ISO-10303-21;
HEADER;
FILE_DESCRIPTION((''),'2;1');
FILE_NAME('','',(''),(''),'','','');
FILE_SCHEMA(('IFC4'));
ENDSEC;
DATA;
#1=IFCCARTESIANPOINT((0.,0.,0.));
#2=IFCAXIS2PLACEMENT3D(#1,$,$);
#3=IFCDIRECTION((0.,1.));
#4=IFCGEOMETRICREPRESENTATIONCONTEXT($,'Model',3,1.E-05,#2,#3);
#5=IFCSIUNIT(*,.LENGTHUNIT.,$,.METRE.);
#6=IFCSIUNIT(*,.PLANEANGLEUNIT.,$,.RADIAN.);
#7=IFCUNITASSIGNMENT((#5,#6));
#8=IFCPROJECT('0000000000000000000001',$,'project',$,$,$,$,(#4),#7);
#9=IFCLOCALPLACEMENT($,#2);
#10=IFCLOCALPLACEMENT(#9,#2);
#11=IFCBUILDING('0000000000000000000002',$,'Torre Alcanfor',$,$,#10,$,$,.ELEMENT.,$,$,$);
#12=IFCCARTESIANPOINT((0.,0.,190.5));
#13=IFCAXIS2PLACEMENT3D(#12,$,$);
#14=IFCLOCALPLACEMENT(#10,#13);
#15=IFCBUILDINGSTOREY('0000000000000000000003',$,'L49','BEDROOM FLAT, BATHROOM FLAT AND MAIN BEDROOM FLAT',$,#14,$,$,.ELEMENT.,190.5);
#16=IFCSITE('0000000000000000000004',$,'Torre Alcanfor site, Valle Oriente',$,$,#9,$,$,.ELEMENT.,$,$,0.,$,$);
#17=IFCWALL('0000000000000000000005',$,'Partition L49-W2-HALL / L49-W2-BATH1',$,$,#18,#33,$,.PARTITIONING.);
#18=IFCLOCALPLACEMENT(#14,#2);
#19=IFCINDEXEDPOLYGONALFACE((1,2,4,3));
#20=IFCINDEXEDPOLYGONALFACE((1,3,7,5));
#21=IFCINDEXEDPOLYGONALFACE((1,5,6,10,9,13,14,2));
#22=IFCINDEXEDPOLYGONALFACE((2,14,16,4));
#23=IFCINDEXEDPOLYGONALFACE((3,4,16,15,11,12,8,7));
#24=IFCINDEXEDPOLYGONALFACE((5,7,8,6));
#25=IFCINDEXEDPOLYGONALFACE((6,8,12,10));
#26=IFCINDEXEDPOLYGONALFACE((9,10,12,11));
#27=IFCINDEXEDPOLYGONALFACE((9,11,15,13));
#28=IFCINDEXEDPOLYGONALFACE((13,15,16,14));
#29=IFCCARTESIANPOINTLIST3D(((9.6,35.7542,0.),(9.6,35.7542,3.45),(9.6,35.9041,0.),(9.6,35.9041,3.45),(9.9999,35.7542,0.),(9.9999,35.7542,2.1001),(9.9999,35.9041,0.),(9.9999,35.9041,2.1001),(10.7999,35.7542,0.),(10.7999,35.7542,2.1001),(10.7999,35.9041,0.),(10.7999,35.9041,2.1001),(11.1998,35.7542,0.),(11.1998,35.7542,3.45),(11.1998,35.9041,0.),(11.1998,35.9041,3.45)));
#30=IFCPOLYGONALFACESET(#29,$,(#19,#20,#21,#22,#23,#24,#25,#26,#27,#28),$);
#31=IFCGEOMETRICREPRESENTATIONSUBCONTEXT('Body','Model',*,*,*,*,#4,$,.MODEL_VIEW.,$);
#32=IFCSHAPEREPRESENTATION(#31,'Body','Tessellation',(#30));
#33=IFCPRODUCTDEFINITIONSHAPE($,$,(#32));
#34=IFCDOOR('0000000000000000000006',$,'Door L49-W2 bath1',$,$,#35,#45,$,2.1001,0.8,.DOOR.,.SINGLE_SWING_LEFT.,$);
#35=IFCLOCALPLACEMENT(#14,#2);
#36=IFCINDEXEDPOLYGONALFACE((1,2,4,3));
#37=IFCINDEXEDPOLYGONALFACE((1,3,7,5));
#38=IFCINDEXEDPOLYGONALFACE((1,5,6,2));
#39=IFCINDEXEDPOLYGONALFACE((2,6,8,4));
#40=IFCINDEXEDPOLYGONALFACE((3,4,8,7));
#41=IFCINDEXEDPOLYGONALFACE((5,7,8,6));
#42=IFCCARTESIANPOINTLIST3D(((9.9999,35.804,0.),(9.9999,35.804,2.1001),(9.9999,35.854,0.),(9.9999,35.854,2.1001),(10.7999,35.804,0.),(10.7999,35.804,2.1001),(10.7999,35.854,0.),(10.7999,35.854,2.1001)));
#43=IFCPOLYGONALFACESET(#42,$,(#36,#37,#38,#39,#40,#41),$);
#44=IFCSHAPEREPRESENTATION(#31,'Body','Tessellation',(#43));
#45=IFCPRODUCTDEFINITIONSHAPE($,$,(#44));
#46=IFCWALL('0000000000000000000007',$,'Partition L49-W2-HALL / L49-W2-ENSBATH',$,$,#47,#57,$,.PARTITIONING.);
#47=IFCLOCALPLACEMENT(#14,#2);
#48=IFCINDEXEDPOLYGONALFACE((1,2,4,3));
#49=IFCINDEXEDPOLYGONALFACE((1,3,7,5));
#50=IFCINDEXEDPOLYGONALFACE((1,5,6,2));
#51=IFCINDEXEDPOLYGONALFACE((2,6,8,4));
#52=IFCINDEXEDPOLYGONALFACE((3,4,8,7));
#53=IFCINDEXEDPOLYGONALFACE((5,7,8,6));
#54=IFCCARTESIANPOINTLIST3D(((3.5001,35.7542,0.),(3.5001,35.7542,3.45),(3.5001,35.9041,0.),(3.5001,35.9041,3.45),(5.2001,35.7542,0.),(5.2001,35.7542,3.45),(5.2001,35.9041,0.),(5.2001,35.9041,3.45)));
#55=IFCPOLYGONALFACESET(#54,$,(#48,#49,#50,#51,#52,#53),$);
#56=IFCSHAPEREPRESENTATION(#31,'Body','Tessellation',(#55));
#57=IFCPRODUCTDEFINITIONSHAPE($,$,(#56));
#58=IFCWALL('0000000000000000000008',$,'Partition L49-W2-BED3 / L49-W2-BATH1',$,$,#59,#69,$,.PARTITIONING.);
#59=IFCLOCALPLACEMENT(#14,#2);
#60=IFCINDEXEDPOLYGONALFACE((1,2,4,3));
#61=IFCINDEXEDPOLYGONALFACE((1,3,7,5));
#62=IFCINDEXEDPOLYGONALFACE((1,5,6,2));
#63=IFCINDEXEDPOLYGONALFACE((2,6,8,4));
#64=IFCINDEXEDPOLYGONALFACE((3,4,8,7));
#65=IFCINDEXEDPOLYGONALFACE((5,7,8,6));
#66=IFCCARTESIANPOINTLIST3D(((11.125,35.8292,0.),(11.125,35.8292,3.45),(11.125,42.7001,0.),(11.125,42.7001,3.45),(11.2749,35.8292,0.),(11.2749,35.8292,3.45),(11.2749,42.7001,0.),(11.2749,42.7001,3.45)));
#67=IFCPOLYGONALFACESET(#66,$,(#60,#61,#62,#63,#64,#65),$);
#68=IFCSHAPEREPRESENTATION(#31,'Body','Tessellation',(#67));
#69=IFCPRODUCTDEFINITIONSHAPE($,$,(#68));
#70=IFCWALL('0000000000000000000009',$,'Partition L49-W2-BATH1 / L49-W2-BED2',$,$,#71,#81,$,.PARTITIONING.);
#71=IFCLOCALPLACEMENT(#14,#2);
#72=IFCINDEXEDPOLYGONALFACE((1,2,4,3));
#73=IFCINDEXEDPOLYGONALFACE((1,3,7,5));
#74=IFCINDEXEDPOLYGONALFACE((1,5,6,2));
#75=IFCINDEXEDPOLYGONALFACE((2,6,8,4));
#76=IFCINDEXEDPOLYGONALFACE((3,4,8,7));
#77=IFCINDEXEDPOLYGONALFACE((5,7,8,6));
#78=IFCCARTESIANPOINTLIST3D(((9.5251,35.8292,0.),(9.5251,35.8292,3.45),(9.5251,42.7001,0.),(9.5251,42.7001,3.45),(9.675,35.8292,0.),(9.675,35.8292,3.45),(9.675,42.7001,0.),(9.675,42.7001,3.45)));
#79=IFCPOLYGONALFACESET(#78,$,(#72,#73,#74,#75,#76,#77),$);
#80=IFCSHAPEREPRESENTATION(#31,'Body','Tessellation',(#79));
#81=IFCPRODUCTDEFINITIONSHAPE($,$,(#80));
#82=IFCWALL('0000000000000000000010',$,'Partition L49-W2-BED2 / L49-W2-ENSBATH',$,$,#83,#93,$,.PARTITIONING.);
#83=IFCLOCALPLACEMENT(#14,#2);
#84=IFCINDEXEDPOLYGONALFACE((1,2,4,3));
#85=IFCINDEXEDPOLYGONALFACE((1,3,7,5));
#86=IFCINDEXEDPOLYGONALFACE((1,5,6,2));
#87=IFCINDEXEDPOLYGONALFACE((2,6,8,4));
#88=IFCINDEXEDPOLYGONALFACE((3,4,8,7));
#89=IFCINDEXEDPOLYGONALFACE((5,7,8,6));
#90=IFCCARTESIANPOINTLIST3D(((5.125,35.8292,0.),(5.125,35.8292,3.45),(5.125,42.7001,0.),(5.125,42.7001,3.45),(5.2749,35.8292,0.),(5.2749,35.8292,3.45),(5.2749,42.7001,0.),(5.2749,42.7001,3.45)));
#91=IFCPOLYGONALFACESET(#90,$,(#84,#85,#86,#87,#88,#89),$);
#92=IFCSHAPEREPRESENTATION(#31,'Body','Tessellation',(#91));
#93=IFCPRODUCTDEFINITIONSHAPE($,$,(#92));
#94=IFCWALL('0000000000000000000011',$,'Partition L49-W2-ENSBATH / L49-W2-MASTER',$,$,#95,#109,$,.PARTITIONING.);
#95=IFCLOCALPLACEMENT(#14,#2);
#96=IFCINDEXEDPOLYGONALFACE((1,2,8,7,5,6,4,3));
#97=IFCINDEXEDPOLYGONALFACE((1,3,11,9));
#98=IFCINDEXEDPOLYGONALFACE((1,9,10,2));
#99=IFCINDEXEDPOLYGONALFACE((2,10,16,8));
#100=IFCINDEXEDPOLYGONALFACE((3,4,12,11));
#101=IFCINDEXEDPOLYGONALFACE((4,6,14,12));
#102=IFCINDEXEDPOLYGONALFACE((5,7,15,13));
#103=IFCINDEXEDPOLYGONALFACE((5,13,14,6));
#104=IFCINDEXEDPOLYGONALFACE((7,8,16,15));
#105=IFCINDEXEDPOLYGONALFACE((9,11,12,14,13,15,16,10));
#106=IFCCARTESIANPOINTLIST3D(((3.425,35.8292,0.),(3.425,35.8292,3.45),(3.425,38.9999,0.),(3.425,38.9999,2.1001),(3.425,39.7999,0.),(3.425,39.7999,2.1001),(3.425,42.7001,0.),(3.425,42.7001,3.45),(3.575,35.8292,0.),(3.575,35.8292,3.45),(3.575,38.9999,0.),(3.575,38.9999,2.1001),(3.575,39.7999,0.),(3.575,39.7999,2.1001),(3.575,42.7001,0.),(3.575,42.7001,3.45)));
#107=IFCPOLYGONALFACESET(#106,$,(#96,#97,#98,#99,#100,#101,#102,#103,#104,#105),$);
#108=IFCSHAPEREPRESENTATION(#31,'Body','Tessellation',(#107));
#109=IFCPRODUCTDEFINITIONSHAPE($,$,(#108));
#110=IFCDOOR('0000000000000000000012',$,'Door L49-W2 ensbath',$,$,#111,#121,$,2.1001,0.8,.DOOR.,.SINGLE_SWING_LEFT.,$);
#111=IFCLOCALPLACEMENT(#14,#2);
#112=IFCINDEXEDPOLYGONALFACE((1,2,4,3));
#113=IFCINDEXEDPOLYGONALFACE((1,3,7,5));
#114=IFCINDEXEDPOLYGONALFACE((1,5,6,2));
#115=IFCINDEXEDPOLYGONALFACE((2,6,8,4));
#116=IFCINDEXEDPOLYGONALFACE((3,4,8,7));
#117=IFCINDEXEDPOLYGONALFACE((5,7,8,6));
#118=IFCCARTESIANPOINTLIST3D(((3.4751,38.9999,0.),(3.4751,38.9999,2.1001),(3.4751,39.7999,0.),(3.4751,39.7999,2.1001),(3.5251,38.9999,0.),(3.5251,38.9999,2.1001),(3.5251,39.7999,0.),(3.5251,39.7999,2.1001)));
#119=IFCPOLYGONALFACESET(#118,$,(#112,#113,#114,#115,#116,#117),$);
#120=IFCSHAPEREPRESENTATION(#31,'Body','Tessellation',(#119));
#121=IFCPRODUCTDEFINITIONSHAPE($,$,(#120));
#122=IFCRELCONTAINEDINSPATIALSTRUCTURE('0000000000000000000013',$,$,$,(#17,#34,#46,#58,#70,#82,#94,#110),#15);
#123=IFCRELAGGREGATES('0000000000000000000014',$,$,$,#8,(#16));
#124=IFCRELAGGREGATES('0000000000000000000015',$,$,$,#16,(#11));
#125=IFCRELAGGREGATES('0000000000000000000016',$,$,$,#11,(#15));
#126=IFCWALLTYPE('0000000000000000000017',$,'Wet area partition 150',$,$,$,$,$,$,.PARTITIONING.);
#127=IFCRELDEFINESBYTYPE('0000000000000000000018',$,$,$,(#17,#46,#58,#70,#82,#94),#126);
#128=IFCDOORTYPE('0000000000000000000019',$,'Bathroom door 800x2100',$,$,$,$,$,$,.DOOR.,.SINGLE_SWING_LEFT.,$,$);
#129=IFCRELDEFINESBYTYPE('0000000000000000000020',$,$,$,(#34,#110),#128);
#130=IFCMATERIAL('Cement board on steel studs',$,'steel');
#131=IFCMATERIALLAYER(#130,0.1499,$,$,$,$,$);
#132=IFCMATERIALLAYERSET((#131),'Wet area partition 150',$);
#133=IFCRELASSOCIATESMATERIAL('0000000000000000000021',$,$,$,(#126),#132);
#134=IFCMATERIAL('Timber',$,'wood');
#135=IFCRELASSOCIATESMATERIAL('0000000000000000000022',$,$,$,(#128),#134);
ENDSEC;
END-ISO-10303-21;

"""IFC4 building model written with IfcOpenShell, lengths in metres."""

from ifc_helpers import new_model, si_unit, direction, frame, frame_2d, origin, place, context, subcontext, project, spatial, rectangle, extrude, material, layer, layer_set, type_object, element, fill, save


model = new_model("IFC4")

# Units and contexts
model_context = context("Model", 3, precision=1e-05, world=origin(), true_north=direction((0.0, 1.0)))
body_context = subcontext(model_context, "Body", "Model", "MODEL_VIEW")
ifc_project = project(units=[si_unit("LENGTHUNIT", "METRE"), si_unit("PLANEANGLEUNIT", "RADIAN")], contexts=[model_context])

# Site, building, storey
site_placement = place(None, origin())
site = spatial("IfcSite", under=ifc_project, at=site_placement, Name="Torre Alcanfor site, Valle Oriente", CompositionType="ELEMENT", RefElevation=0.0)
building_placement = place(site_placement, origin())
building = spatial("IfcBuilding", under=site, at=building_placement, Name="Torre Alcanfor", CompositionType="ELEMENT")
storey_placement = place(building_placement, frame((0.0, 0.0, 190.5)))
storey = spatial("IfcBuildingStorey", under=building, at=storey_placement, Name="L49", Description="BEDROOM FLAT, BATHROOM FLAT AND MAIN BEDROOM FLAT", CompositionType="ELEMENT", Elevation=190.5)

# Wall, opening, door
ifc_material_1 = material(Name="Cement board on steel studs", Category="steel")
ifc_layer_1 = layer(ifc_material_1, 0.1499)
ifc_layer_set_1 = layer_set([ifc_layer_1], Name="Wet area partition 150")
wall_type_1 = type_object("IfcWallType", Name="Wet area partition 150", PredefinedType="PARTITIONING", material=ifc_layer_set_1)
wall_1_placement = place(storey_placement, frame((9.6001, 35.8291, 0.0), z_axis=(0.0, 0.0, 1.0), x_axis=(1.0, 0.0, 0.0)))
wall_1 = element("IfcWall", 1, at=wall_1_placement, inside=storey, type_object=wall_type_1, Name="Partition L49-W2-HALL / L49-W2-BATH1", PredefinedType="PARTITIONING", context=body_context, shape_type="SweptSolid", body=[
    extrude(rectangle(XDim=1.5999, YDim=0.1499, at=frame_2d((0.7998, 0.0))), origin(), (0.0, 0.0, 1.0), 3.45),
])
opening_1_placement = place(wall_1_placement, frame((0.3999, 0.0, 0.0)))
opening_1 = element("IfcOpeningElement", 2, at=opening_1_placement, cuts=wall_1, PredefinedType="OPENING", context=body_context, shape_type="SweptSolid", body=[
    extrude(rectangle(XDim=0.8, YDim=2.1001, at=frame_2d((0.3999, 1.05))), frame((0.0, 0.085, 0.0), z_axis=(0.0, -1.0, 0.0), x_axis=(1.0, 0.0, 0.0)), (0.0, 0.0, 1.0), 0.1699),
])
ifc_material_2 = material(Name="Timber", Category="wood")
door_type_1 = type_object("IfcDoorType", Name="Bathroom door 800x2100", OperationType="SINGLE_SWING_LEFT", PredefinedType="DOOR", material=ifc_material_2)
door_1_placement = place(opening_1_placement, origin())
door_1 = element("IfcDoor", 3, at=door_1_placement, inside=storey, type_object=door_type_1, Name="Door L49-W2 bath1", OperationType="SINGLE_SWING_LEFT", OverallHeight=2.1001, OverallWidth=0.8, PredefinedType="DOOR", context=body_context, shape_type="SweptSolid", body=[
    extrude(rectangle(XDim=0.8, YDim=2.1001, at=frame_2d((0.3999, 1.05))), frame((0.0, 0.0249, 0.0), z_axis=(0.0, -1.0, 0.0), x_axis=(1.0, 0.0, 0.0)), (0.0, 0.0, 1.0), 0.05),
])
fill(opening_1, door_1)

# Walls
wall_2_placement = place(storey_placement, frame((3.5, 35.8291, 0.0), z_axis=(0.0, 0.0, 1.0), x_axis=(1.0, 0.0, 0.0)))
element("IfcWall", 4, at=wall_2_placement, inside=storey, type_object=wall_type_1, Name="Partition L49-W2-HALL / L49-W2-ENSBATH", PredefinedType="PARTITIONING", context=body_context, shape_type="SweptSolid", body=[
    extrude(rectangle(XDim=1.7, YDim=0.1499, at=frame_2d((0.8501, 0.0))), origin(), (0.0, 0.0, 1.0), 3.45),
])
for number, where, z_axis, x_axis, name in (
    (5, (11.2, 35.8291, 0.0), (0.0, 0.0, 1.0), (0.0, 1.0, 0.0), "Partition L49-W2-BED3 / L49-W2-BATH1"),
    (6, (9.6001, 35.8291, 0.0), (0.0, 0.0, 1.0), (0.0, 1.0, 0.0), "Partition L49-W2-BATH1 / L49-W2-BED2"),
    (7, (5.2, 35.8291, 0.0), (0.0, 0.0, 1.0), (0.0, 1.0, 0.0), "Partition L49-W2-BED2 / L49-W2-ENSBATH"),
):
    element("IfcWall", number, at=place(storey_placement, frame(where, z_axis=z_axis, x_axis=x_axis)), inside=storey, type_object=wall_type_1, Name=name, PredefinedType="PARTITIONING", context=body_context, shape_type="SweptSolid", body=[
        extrude(rectangle(XDim=6.8708, YDim=0.1499, at=frame_2d((3.4355, 0.0))), origin(), (0.0, 0.0, 1.0), 3.45),
    ])

# Wall, opening, door
wall_3_placement = place(storey_placement, frame((3.5, 35.8291, 0.0), z_axis=(0.0, 0.0, 1.0), x_axis=(0.0, 1.0, 0.0)))
wall_3 = element("IfcWall", 8, at=wall_3_placement, inside=storey, type_object=wall_type_1, Name="Partition L49-W2-ENSBATH / L49-W2-MASTER", PredefinedType="PARTITIONING", context=body_context, shape_type="SweptSolid", body=[
    extrude(rectangle(XDim=6.8708, YDim=0.1499, at=frame_2d((3.4355, 0.0))), origin(), (0.0, 0.0, 1.0), 3.45),
])
opening_2_placement = place(wall_3_placement, frame((3.1709, 0.0, 0.0)))
opening_2 = element("IfcOpeningElement", 9, at=opening_2_placement, cuts=wall_3, PredefinedType="OPENING", context=body_context, shape_type="SweptSolid", body=[
    extrude(rectangle(XDim=0.8, YDim=2.1001, at=frame_2d((0.3999, 1.05))), frame((0.0, 0.085, 0.0), z_axis=(0.0, -1.0, 0.0), x_axis=(1.0, 0.0, 0.0)), (0.0, 0.0, 1.0), 0.1699),
])
door_2_placement = place(opening_2_placement, frame((0.8, 0.0, 0.0), z_axis=(0.0, 0.0, 1.0), x_axis=(-1.0, 0.0, 0.0)))
door_2 = element("IfcDoor", 10, at=door_2_placement, inside=storey, type_object=door_type_1, Name="Door L49-W2 ensbath", OperationType="SINGLE_SWING_LEFT", OverallHeight=2.1001, OverallWidth=0.8, PredefinedType="DOOR", context=body_context, shape_type="SweptSolid", body=[
    extrude(rectangle(XDim=0.8, YDim=2.1001, at=frame_2d((0.4001, 1.05))), frame((0.0, 0.0251, 0.0), z_axis=(0.0, -1.0, 0.0), x_axis=(1.0, 0.0, 0.0)), (0.0, 0.0, 1.0), 0.05),
])
fill(opening_2, door_2)

save(model, "model.ifc")
